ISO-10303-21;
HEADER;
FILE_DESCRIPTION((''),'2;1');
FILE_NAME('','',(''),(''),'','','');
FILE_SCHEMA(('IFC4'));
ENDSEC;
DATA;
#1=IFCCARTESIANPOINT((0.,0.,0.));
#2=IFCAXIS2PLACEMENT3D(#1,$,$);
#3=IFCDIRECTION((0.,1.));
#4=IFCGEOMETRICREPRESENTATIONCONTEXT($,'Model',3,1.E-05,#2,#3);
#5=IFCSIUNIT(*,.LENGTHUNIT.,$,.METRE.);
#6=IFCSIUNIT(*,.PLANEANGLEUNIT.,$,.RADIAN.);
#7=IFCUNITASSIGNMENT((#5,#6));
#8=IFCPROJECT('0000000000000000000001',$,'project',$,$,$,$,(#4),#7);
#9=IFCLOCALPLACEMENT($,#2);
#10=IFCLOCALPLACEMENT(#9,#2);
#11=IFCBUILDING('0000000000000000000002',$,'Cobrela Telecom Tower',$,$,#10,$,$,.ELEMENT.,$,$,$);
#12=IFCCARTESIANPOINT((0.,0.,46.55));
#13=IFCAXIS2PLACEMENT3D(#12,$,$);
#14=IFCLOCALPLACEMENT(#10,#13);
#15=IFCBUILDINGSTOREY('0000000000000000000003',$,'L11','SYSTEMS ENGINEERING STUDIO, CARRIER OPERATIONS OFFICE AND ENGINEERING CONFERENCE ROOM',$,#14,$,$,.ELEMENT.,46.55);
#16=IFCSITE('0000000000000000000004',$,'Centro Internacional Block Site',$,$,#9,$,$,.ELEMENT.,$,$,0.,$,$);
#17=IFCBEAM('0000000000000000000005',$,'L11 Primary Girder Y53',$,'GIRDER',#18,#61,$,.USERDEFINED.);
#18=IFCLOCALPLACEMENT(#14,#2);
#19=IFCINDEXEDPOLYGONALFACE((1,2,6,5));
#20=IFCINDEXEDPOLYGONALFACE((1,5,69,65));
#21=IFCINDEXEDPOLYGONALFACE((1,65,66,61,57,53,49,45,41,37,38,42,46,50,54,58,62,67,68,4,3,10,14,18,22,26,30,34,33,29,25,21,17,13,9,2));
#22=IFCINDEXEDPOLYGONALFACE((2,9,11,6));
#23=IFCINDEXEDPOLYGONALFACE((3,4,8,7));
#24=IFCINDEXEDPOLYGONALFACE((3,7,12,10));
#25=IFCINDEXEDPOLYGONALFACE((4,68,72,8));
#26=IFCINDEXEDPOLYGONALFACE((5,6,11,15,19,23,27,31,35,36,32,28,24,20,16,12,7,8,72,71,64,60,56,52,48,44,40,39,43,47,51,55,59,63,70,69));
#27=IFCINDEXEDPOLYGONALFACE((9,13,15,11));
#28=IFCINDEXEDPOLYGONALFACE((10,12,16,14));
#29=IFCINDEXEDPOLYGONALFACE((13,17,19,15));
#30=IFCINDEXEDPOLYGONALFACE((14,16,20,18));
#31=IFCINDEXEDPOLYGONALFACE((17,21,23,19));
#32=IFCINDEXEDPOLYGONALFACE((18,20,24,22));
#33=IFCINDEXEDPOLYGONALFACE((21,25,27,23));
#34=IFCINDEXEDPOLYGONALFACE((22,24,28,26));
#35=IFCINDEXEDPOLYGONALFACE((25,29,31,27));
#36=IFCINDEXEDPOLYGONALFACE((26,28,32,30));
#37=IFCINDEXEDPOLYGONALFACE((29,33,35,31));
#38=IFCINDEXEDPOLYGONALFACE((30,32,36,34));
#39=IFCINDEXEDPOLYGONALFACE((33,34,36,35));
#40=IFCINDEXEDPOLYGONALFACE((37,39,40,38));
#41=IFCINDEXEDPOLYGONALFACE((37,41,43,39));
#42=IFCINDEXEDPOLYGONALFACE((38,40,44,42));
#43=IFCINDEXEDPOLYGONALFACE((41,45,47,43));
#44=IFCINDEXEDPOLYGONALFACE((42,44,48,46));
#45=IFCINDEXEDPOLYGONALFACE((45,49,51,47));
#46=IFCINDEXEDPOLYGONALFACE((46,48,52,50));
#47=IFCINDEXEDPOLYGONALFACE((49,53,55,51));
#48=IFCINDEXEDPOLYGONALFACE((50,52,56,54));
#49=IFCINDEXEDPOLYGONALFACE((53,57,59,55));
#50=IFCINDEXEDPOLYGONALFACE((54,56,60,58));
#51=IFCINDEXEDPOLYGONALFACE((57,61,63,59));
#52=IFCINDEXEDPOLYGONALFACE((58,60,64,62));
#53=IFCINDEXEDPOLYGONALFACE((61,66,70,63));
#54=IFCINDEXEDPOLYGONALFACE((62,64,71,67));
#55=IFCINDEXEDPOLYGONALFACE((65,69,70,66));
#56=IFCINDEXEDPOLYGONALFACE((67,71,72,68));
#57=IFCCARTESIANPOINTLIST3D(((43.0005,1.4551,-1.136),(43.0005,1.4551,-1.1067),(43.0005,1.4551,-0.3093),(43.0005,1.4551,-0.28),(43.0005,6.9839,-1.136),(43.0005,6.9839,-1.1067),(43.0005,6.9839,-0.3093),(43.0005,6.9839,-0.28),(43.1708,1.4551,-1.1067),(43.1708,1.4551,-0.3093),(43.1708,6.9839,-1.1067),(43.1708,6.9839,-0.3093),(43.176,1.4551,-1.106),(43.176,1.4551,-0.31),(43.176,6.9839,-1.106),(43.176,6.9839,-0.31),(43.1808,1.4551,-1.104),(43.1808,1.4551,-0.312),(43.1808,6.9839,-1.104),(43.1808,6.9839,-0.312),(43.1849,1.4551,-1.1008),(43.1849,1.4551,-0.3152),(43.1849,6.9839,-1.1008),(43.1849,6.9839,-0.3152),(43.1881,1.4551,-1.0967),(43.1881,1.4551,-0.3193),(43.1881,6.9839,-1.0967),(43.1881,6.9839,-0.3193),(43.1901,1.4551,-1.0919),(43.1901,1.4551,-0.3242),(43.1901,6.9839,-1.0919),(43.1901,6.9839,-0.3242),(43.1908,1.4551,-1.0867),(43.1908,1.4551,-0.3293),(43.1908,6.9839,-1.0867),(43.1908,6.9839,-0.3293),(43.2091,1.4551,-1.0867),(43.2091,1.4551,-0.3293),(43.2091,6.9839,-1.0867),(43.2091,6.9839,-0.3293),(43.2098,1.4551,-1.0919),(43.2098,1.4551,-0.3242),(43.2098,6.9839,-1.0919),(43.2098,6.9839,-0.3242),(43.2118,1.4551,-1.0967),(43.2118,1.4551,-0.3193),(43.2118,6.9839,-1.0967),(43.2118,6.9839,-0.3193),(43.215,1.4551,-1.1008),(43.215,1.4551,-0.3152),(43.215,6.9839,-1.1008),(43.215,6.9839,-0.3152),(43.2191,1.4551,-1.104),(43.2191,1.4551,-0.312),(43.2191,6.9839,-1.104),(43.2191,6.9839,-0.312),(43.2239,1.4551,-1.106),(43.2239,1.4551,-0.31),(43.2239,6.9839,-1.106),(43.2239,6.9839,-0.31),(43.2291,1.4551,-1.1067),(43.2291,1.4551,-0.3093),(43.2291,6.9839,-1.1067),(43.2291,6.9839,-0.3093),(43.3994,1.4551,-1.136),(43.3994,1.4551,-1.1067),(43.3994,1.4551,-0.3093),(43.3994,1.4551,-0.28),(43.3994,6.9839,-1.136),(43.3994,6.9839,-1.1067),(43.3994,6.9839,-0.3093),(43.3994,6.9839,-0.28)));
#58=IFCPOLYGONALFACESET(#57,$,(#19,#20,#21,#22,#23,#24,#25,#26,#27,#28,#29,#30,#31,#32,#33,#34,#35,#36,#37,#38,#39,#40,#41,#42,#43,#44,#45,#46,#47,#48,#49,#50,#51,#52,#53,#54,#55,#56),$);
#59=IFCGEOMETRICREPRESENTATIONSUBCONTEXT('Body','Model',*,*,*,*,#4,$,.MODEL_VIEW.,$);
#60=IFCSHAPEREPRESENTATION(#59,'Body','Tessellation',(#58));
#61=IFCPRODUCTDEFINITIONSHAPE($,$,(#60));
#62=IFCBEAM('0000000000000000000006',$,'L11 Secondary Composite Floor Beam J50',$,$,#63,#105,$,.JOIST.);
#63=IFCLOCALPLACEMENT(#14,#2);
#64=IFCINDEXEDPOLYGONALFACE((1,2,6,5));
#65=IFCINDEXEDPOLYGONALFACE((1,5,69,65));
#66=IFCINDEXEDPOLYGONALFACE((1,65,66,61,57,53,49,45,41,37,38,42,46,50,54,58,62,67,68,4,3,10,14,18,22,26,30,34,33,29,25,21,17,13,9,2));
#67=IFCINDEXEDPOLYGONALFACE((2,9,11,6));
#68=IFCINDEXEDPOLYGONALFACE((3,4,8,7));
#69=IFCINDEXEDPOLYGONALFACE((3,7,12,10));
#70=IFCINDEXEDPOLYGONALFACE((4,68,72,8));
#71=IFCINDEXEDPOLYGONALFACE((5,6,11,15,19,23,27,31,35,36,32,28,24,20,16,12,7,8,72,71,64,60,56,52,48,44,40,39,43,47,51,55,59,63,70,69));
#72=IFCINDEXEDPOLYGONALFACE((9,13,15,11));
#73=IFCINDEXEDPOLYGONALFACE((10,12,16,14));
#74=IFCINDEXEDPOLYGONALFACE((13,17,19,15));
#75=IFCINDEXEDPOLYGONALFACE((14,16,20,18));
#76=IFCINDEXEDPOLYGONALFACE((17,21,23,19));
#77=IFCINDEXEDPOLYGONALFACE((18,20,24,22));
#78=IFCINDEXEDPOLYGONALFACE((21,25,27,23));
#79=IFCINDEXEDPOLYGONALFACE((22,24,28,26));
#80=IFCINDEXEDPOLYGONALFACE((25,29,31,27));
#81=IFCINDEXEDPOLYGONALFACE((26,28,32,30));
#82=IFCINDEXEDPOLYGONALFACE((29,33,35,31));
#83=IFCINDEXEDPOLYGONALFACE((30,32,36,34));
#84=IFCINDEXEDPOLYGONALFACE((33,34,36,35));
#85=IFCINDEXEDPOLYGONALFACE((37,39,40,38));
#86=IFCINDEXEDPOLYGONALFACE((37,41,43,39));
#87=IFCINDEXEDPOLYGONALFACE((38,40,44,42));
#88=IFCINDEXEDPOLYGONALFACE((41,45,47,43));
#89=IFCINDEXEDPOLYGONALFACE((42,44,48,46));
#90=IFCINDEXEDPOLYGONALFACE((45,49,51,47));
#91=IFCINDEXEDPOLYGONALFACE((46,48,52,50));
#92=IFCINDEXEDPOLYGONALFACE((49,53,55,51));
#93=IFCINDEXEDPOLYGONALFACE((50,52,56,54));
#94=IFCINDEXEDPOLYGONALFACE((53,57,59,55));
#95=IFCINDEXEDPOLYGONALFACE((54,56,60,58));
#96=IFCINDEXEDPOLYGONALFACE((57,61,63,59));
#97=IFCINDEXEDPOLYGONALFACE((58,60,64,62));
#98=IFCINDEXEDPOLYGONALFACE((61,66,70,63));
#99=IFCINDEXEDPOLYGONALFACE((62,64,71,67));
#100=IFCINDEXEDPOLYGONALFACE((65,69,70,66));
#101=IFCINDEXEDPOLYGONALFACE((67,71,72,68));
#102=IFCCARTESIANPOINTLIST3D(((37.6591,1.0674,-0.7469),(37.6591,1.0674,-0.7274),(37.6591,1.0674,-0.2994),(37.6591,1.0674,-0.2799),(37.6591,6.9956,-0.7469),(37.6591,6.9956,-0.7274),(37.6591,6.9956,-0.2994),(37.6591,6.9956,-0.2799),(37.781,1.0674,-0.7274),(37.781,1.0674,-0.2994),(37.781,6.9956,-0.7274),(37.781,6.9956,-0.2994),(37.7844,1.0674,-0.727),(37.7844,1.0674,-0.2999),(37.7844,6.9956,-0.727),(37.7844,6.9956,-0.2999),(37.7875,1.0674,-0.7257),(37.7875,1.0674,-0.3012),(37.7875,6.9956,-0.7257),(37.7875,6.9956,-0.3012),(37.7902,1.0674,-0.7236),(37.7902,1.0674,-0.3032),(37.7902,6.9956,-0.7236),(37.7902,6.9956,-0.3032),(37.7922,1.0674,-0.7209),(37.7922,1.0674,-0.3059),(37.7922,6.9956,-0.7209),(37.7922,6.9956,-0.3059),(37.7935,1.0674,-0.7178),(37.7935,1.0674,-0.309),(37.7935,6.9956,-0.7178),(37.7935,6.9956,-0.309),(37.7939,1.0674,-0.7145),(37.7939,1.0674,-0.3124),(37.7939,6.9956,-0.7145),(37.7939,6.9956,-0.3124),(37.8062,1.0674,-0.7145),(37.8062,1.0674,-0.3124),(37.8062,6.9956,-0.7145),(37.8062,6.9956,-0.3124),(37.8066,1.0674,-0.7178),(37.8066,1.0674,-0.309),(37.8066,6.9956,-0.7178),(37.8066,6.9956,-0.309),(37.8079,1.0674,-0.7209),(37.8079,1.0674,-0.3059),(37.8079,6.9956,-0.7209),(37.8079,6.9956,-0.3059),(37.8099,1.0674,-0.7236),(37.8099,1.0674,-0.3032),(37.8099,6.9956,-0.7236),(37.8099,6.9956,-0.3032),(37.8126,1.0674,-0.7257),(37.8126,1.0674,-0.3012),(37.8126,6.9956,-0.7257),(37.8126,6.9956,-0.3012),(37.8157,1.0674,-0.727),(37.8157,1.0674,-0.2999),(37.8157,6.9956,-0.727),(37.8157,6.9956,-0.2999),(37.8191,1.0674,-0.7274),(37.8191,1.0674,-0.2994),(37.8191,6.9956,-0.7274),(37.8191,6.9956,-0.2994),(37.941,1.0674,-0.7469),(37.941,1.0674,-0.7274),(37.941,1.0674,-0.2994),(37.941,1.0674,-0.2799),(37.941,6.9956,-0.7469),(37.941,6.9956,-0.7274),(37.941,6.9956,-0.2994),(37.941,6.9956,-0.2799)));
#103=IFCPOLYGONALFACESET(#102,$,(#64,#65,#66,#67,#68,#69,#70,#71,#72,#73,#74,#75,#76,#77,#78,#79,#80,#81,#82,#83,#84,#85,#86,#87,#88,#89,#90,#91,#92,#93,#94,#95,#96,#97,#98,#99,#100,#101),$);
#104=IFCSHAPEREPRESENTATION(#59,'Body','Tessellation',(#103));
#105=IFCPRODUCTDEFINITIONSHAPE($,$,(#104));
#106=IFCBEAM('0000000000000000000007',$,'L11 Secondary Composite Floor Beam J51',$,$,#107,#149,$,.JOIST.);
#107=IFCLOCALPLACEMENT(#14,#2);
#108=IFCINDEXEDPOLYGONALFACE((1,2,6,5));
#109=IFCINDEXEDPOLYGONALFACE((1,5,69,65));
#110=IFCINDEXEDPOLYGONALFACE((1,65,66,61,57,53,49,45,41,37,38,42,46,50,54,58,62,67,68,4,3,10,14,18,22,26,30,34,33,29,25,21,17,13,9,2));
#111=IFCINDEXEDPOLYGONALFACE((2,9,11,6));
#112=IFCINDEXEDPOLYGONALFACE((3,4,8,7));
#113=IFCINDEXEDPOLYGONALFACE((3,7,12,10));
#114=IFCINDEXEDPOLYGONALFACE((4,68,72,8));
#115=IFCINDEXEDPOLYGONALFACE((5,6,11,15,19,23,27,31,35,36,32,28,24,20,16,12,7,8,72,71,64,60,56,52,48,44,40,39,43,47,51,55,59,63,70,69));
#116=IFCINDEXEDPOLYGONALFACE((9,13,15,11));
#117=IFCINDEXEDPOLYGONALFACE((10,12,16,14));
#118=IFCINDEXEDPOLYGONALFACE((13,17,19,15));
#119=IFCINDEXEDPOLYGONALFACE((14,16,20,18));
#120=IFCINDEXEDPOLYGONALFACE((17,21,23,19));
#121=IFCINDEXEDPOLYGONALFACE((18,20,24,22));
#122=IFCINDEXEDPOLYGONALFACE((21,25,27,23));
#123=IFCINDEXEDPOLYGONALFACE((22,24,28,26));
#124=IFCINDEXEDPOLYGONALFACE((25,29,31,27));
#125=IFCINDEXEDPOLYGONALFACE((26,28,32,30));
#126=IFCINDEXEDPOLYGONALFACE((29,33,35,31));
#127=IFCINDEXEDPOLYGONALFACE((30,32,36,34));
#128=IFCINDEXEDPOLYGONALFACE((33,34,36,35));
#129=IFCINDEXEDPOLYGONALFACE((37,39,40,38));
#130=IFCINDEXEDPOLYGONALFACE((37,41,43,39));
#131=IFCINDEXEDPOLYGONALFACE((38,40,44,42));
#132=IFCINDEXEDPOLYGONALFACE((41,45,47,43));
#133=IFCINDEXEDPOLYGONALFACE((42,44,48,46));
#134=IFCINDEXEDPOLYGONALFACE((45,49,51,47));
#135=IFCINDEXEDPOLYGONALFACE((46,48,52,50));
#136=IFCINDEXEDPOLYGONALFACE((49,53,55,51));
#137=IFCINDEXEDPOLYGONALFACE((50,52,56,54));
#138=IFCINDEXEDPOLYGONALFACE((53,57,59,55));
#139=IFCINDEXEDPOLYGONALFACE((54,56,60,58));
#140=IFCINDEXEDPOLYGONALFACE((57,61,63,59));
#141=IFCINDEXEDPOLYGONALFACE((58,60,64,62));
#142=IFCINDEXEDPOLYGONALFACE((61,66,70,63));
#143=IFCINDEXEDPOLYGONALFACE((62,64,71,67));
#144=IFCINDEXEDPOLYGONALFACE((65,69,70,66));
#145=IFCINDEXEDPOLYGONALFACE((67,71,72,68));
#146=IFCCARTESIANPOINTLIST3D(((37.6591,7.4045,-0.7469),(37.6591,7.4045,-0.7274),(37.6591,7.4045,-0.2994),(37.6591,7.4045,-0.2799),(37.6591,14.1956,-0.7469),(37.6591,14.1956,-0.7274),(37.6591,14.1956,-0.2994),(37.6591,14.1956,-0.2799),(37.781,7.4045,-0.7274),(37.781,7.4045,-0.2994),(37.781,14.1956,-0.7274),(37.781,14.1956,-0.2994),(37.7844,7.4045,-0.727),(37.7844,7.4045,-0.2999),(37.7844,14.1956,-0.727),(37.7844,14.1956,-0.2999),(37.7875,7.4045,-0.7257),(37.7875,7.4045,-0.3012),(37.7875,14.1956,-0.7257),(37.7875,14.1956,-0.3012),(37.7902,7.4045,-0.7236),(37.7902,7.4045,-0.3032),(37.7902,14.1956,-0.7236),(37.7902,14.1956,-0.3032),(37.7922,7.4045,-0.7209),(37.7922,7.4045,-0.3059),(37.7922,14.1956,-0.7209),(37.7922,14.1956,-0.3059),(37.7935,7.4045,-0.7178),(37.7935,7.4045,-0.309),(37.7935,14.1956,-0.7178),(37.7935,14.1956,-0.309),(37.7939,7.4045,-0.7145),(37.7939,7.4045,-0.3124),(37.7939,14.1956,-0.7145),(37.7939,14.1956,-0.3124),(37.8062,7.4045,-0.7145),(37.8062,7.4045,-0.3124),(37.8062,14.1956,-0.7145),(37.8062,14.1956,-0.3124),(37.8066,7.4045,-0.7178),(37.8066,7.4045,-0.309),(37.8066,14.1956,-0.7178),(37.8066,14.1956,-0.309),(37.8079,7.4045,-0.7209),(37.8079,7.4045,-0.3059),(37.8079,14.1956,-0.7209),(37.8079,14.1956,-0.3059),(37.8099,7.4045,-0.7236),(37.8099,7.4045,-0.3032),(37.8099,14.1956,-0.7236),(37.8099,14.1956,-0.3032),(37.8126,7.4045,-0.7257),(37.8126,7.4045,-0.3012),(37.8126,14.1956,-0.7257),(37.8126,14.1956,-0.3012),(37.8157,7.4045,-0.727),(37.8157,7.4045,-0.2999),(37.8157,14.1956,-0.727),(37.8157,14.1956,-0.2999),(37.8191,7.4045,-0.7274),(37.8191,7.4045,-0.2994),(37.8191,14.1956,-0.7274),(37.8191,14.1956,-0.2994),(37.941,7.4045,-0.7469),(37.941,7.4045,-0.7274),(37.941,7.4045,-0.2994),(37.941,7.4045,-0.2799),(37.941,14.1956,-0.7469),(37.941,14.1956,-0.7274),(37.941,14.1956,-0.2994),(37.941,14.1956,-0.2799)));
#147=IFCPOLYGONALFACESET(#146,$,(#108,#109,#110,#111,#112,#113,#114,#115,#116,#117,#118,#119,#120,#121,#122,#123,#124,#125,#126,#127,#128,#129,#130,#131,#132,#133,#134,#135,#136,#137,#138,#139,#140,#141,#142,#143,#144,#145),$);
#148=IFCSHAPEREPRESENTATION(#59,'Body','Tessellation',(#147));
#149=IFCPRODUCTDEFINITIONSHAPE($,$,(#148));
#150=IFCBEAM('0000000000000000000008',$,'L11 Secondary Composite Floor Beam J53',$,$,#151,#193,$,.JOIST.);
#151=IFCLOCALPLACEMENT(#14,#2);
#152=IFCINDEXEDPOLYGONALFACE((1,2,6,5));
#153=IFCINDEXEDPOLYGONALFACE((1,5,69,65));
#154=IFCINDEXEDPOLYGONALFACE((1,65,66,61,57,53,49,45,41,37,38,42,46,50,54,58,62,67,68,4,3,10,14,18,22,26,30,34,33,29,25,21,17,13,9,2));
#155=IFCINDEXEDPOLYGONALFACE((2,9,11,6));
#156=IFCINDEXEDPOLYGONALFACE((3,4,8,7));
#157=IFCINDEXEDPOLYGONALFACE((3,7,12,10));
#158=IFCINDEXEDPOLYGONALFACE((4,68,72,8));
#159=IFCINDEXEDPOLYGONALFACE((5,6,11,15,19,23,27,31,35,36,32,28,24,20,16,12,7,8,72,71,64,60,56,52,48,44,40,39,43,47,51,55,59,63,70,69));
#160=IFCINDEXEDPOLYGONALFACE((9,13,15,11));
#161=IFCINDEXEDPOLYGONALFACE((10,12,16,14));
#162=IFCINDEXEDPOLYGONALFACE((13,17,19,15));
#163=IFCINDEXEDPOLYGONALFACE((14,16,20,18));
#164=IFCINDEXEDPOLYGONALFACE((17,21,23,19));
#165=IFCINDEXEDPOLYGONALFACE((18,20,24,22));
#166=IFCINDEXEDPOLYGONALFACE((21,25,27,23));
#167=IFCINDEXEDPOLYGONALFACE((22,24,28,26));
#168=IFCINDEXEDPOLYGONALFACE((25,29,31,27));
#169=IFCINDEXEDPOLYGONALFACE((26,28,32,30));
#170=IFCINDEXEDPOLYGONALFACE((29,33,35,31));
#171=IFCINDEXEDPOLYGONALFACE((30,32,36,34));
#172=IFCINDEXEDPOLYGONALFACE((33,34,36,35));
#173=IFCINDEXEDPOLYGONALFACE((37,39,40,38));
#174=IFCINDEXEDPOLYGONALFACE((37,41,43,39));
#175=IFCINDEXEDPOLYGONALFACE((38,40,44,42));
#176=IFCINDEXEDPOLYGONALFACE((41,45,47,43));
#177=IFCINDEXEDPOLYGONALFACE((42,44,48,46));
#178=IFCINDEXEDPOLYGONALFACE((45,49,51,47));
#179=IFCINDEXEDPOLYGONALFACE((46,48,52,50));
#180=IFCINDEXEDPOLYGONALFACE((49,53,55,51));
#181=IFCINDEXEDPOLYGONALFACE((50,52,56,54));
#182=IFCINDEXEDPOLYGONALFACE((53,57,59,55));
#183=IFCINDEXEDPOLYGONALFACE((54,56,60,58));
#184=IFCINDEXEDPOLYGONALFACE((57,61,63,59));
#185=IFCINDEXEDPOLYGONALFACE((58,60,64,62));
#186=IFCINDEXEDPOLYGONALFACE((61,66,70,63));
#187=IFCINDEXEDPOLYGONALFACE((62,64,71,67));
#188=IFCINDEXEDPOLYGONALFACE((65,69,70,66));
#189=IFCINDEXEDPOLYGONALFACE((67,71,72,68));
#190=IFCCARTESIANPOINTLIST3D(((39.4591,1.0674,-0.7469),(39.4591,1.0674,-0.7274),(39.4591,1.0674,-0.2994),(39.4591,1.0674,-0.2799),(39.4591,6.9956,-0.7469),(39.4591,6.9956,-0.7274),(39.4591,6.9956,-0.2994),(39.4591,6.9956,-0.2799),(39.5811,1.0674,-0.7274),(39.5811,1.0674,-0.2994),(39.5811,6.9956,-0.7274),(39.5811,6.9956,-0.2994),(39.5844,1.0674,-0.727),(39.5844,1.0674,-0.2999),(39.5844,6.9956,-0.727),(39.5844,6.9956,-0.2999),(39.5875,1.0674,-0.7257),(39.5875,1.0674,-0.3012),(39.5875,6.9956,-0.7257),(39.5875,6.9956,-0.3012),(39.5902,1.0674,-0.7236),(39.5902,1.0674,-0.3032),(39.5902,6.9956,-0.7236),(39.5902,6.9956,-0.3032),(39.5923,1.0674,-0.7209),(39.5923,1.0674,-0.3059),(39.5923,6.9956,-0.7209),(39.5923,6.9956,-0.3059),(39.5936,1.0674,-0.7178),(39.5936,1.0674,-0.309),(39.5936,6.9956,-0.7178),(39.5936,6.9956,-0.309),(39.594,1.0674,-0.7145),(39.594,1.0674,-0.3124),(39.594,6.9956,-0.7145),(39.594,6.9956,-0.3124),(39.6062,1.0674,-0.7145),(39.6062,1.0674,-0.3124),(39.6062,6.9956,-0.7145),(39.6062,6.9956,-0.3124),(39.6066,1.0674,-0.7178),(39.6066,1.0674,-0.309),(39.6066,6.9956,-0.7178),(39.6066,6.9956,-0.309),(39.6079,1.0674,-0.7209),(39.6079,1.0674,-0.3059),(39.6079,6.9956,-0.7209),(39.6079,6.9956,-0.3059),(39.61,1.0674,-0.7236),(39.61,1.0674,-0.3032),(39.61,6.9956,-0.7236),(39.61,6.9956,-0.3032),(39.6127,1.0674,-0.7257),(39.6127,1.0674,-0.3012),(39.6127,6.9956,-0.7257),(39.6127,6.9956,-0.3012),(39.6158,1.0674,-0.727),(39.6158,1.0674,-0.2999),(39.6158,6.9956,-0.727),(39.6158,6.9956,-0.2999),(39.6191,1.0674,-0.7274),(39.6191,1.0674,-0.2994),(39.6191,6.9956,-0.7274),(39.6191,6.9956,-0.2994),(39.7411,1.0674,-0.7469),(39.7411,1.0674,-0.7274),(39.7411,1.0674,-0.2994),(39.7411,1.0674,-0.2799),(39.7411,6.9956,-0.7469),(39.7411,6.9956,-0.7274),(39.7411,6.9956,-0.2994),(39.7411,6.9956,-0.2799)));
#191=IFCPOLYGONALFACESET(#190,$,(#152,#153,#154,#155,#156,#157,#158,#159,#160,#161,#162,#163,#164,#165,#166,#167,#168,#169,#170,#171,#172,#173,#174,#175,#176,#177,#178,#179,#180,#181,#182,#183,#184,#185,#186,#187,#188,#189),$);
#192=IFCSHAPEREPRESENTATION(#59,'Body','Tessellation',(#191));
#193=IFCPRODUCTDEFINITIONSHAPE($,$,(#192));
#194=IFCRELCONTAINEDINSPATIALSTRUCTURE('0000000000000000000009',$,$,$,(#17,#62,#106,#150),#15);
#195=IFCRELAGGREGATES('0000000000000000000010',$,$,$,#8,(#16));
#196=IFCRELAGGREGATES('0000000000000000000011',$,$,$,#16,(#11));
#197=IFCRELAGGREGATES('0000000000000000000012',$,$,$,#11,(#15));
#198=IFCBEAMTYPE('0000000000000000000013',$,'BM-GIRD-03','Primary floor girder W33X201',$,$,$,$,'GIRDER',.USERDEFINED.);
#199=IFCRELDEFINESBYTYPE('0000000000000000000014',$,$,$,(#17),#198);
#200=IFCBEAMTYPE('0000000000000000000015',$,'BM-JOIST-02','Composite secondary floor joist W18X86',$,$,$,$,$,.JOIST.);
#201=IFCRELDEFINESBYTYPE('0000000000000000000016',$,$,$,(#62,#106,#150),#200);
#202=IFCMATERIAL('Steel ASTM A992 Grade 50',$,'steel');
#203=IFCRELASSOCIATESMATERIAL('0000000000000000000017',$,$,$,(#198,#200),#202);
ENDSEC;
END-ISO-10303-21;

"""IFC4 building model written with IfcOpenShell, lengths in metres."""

from ifc_helpers import new_model, si_unit, direction, frame, origin, origin_2d, place, context, subcontext, project, spatial, i_section, extrude, material, material_profile, profile_set, type_object, element, save


model = new_model("IFC4")

# Units and contexts
model_context = context("Model", 3, precision=1e-05, world=origin(), true_north=direction((0.0, 1.0)))
body_context = subcontext(model_context, "Body", "Model", "MODEL_VIEW")
ifc_project = project(units=[si_unit("LENGTHUNIT", "METRE"), si_unit("PLANEANGLEUNIT", "RADIAN")], contexts=[model_context])

# Site, building, storey
site_placement = place(None, origin())
site = spatial("IfcSite", under=ifc_project, at=site_placement, Name="Centro Internacional Block Site", CompositionType="ELEMENT", RefElevation=0.0)
building_placement = place(site_placement, origin())
building = spatial("IfcBuilding", under=site, at=building_placement, Name="Cobrela Telecom Tower", CompositionType="ELEMENT")
storey_placement = place(building_placement, frame((0.0, 0.0, 46.55)))
storey = spatial("IfcBuildingStorey", under=building, at=storey_placement, Name="L11", Description="SYSTEMS ENGINEERING STUDIO, CARRIER OPERATIONS OFFICE AND ENGINEERING CONFERENCE ROOM", CompositionType="ELEMENT", Elevation=46.55)

# Shared definitions
ifc_material_1 = material(Name="Steel ASTM A992 Grade 50", Category="steel")

# Beams
ifc_material_profile_1 = material_profile(ifc_material_1, i_section(OverallWidth=0.3989, OverallDepth=0.856, WebThickness=0.0183, FlangeThickness=0.0293, FilletRadius=0.02, at=origin_2d()), Name="W33X201")
ifc_profile_set_1 = profile_set([ifc_material_profile_1], Name="Steel ASTM A992 Grade 50")
beam_type_1 = type_object("IfcBeamType", Name="BM-GIRD-03", Description="Primary floor girder W33X201", ElementType="GIRDER", PredefinedType="USERDEFINED", material=ifc_profile_set_1)
beam_1_placement = place(storey_placement, frame((43.2, 1.4551, -0.708), z_axis=(0.0, 1.0, 0.0), x_axis=(-1.0, 0.0, 0.0)))
element("IfcBeam", 1, at=beam_1_placement, inside=storey, type_object=beam_type_1, Name="L11 Primary Girder Y53", ObjectType="GIRDER", PredefinedType="USERDEFINED", context=body_context, shape_type="SweptSolid", body=[
    extrude(i_section(OverallWidth=0.3989, OverallDepth=0.856, WebThickness=0.0183, FlangeThickness=0.0293, FilletRadius=0.02, at=origin_2d()), origin(), (0.0, 0.0, 1.0), 5.5288),
])
ifc_material_profile_2 = material_profile(ifc_material_1, i_section(OverallWidth=0.282, OverallDepth=0.467, WebThickness=0.0122, FlangeThickness=0.0195, FilletRadius=0.0129, at=origin_2d()), Name="W18X86")
ifc_profile_set_2 = profile_set([ifc_material_profile_2], Name="Steel ASTM A992 Grade 50")
beam_type_2 = type_object("IfcBeamType", Name="BM-JOIST-02", Description="Composite secondary floor joist W18X86", PredefinedType="JOIST", material=ifc_profile_set_2)
beam_2_placement = place(storey_placement, frame((37.8, 1.0674, -0.5134), z_axis=(0.0, 1.0, 0.0), x_axis=(-1.0, 0.0, 0.0)))
element("IfcBeam", 2, at=beam_2_placement, inside=storey, type_object=beam_type_2, Name="L11 Secondary Composite Floor Beam J50", PredefinedType="JOIST", context=body_context, shape_type="SweptSolid", body=[
    extrude(i_section(OverallWidth=0.282, OverallDepth=0.467, WebThickness=0.0122, FlangeThickness=0.0195, FilletRadius=0.0129, at=origin_2d()), origin(), (0.0, 0.0, 1.0), 5.9282),
])
beam_3_placement = place(storey_placement, frame((37.8, 7.4045, -0.5134), z_axis=(0.0, 1.0, 0.0), x_axis=(-1.0, 0.0, 0.0)))
element("IfcBeam", 3, at=beam_3_placement, inside=storey, type_object=beam_type_2, Name="L11 Secondary Composite Floor Beam J51", PredefinedType="JOIST", context=body_context, shape_type="SweptSolid", body=[
    extrude(i_section(OverallWidth=0.282, OverallDepth=0.467, WebThickness=0.0122, FlangeThickness=0.0195, FilletRadius=0.0129, at=origin_2d()), origin(), (0.0, 0.0, 1.0), 6.791),
])
beam_4_placement = place(storey_placement, frame((39.6001, 1.0674, -0.5134), z_axis=(0.0, 1.0, 0.0), x_axis=(-1.0, 0.0, 0.0)))
element("IfcBeam", 4, at=beam_4_placement, inside=storey, type_object=beam_type_2, Name="L11 Secondary Composite Floor Beam J53", PredefinedType="JOIST", context=body_context, shape_type="SweptSolid", body=[
    extrude(i_section(OverallWidth=0.282, OverallDepth=0.467, WebThickness=0.0122, FlangeThickness=0.0195, FilletRadius=0.0129, at=origin_2d()), origin(), (0.0, 0.0, 1.0), 5.9282),
])

save(model, "model.ifc")
